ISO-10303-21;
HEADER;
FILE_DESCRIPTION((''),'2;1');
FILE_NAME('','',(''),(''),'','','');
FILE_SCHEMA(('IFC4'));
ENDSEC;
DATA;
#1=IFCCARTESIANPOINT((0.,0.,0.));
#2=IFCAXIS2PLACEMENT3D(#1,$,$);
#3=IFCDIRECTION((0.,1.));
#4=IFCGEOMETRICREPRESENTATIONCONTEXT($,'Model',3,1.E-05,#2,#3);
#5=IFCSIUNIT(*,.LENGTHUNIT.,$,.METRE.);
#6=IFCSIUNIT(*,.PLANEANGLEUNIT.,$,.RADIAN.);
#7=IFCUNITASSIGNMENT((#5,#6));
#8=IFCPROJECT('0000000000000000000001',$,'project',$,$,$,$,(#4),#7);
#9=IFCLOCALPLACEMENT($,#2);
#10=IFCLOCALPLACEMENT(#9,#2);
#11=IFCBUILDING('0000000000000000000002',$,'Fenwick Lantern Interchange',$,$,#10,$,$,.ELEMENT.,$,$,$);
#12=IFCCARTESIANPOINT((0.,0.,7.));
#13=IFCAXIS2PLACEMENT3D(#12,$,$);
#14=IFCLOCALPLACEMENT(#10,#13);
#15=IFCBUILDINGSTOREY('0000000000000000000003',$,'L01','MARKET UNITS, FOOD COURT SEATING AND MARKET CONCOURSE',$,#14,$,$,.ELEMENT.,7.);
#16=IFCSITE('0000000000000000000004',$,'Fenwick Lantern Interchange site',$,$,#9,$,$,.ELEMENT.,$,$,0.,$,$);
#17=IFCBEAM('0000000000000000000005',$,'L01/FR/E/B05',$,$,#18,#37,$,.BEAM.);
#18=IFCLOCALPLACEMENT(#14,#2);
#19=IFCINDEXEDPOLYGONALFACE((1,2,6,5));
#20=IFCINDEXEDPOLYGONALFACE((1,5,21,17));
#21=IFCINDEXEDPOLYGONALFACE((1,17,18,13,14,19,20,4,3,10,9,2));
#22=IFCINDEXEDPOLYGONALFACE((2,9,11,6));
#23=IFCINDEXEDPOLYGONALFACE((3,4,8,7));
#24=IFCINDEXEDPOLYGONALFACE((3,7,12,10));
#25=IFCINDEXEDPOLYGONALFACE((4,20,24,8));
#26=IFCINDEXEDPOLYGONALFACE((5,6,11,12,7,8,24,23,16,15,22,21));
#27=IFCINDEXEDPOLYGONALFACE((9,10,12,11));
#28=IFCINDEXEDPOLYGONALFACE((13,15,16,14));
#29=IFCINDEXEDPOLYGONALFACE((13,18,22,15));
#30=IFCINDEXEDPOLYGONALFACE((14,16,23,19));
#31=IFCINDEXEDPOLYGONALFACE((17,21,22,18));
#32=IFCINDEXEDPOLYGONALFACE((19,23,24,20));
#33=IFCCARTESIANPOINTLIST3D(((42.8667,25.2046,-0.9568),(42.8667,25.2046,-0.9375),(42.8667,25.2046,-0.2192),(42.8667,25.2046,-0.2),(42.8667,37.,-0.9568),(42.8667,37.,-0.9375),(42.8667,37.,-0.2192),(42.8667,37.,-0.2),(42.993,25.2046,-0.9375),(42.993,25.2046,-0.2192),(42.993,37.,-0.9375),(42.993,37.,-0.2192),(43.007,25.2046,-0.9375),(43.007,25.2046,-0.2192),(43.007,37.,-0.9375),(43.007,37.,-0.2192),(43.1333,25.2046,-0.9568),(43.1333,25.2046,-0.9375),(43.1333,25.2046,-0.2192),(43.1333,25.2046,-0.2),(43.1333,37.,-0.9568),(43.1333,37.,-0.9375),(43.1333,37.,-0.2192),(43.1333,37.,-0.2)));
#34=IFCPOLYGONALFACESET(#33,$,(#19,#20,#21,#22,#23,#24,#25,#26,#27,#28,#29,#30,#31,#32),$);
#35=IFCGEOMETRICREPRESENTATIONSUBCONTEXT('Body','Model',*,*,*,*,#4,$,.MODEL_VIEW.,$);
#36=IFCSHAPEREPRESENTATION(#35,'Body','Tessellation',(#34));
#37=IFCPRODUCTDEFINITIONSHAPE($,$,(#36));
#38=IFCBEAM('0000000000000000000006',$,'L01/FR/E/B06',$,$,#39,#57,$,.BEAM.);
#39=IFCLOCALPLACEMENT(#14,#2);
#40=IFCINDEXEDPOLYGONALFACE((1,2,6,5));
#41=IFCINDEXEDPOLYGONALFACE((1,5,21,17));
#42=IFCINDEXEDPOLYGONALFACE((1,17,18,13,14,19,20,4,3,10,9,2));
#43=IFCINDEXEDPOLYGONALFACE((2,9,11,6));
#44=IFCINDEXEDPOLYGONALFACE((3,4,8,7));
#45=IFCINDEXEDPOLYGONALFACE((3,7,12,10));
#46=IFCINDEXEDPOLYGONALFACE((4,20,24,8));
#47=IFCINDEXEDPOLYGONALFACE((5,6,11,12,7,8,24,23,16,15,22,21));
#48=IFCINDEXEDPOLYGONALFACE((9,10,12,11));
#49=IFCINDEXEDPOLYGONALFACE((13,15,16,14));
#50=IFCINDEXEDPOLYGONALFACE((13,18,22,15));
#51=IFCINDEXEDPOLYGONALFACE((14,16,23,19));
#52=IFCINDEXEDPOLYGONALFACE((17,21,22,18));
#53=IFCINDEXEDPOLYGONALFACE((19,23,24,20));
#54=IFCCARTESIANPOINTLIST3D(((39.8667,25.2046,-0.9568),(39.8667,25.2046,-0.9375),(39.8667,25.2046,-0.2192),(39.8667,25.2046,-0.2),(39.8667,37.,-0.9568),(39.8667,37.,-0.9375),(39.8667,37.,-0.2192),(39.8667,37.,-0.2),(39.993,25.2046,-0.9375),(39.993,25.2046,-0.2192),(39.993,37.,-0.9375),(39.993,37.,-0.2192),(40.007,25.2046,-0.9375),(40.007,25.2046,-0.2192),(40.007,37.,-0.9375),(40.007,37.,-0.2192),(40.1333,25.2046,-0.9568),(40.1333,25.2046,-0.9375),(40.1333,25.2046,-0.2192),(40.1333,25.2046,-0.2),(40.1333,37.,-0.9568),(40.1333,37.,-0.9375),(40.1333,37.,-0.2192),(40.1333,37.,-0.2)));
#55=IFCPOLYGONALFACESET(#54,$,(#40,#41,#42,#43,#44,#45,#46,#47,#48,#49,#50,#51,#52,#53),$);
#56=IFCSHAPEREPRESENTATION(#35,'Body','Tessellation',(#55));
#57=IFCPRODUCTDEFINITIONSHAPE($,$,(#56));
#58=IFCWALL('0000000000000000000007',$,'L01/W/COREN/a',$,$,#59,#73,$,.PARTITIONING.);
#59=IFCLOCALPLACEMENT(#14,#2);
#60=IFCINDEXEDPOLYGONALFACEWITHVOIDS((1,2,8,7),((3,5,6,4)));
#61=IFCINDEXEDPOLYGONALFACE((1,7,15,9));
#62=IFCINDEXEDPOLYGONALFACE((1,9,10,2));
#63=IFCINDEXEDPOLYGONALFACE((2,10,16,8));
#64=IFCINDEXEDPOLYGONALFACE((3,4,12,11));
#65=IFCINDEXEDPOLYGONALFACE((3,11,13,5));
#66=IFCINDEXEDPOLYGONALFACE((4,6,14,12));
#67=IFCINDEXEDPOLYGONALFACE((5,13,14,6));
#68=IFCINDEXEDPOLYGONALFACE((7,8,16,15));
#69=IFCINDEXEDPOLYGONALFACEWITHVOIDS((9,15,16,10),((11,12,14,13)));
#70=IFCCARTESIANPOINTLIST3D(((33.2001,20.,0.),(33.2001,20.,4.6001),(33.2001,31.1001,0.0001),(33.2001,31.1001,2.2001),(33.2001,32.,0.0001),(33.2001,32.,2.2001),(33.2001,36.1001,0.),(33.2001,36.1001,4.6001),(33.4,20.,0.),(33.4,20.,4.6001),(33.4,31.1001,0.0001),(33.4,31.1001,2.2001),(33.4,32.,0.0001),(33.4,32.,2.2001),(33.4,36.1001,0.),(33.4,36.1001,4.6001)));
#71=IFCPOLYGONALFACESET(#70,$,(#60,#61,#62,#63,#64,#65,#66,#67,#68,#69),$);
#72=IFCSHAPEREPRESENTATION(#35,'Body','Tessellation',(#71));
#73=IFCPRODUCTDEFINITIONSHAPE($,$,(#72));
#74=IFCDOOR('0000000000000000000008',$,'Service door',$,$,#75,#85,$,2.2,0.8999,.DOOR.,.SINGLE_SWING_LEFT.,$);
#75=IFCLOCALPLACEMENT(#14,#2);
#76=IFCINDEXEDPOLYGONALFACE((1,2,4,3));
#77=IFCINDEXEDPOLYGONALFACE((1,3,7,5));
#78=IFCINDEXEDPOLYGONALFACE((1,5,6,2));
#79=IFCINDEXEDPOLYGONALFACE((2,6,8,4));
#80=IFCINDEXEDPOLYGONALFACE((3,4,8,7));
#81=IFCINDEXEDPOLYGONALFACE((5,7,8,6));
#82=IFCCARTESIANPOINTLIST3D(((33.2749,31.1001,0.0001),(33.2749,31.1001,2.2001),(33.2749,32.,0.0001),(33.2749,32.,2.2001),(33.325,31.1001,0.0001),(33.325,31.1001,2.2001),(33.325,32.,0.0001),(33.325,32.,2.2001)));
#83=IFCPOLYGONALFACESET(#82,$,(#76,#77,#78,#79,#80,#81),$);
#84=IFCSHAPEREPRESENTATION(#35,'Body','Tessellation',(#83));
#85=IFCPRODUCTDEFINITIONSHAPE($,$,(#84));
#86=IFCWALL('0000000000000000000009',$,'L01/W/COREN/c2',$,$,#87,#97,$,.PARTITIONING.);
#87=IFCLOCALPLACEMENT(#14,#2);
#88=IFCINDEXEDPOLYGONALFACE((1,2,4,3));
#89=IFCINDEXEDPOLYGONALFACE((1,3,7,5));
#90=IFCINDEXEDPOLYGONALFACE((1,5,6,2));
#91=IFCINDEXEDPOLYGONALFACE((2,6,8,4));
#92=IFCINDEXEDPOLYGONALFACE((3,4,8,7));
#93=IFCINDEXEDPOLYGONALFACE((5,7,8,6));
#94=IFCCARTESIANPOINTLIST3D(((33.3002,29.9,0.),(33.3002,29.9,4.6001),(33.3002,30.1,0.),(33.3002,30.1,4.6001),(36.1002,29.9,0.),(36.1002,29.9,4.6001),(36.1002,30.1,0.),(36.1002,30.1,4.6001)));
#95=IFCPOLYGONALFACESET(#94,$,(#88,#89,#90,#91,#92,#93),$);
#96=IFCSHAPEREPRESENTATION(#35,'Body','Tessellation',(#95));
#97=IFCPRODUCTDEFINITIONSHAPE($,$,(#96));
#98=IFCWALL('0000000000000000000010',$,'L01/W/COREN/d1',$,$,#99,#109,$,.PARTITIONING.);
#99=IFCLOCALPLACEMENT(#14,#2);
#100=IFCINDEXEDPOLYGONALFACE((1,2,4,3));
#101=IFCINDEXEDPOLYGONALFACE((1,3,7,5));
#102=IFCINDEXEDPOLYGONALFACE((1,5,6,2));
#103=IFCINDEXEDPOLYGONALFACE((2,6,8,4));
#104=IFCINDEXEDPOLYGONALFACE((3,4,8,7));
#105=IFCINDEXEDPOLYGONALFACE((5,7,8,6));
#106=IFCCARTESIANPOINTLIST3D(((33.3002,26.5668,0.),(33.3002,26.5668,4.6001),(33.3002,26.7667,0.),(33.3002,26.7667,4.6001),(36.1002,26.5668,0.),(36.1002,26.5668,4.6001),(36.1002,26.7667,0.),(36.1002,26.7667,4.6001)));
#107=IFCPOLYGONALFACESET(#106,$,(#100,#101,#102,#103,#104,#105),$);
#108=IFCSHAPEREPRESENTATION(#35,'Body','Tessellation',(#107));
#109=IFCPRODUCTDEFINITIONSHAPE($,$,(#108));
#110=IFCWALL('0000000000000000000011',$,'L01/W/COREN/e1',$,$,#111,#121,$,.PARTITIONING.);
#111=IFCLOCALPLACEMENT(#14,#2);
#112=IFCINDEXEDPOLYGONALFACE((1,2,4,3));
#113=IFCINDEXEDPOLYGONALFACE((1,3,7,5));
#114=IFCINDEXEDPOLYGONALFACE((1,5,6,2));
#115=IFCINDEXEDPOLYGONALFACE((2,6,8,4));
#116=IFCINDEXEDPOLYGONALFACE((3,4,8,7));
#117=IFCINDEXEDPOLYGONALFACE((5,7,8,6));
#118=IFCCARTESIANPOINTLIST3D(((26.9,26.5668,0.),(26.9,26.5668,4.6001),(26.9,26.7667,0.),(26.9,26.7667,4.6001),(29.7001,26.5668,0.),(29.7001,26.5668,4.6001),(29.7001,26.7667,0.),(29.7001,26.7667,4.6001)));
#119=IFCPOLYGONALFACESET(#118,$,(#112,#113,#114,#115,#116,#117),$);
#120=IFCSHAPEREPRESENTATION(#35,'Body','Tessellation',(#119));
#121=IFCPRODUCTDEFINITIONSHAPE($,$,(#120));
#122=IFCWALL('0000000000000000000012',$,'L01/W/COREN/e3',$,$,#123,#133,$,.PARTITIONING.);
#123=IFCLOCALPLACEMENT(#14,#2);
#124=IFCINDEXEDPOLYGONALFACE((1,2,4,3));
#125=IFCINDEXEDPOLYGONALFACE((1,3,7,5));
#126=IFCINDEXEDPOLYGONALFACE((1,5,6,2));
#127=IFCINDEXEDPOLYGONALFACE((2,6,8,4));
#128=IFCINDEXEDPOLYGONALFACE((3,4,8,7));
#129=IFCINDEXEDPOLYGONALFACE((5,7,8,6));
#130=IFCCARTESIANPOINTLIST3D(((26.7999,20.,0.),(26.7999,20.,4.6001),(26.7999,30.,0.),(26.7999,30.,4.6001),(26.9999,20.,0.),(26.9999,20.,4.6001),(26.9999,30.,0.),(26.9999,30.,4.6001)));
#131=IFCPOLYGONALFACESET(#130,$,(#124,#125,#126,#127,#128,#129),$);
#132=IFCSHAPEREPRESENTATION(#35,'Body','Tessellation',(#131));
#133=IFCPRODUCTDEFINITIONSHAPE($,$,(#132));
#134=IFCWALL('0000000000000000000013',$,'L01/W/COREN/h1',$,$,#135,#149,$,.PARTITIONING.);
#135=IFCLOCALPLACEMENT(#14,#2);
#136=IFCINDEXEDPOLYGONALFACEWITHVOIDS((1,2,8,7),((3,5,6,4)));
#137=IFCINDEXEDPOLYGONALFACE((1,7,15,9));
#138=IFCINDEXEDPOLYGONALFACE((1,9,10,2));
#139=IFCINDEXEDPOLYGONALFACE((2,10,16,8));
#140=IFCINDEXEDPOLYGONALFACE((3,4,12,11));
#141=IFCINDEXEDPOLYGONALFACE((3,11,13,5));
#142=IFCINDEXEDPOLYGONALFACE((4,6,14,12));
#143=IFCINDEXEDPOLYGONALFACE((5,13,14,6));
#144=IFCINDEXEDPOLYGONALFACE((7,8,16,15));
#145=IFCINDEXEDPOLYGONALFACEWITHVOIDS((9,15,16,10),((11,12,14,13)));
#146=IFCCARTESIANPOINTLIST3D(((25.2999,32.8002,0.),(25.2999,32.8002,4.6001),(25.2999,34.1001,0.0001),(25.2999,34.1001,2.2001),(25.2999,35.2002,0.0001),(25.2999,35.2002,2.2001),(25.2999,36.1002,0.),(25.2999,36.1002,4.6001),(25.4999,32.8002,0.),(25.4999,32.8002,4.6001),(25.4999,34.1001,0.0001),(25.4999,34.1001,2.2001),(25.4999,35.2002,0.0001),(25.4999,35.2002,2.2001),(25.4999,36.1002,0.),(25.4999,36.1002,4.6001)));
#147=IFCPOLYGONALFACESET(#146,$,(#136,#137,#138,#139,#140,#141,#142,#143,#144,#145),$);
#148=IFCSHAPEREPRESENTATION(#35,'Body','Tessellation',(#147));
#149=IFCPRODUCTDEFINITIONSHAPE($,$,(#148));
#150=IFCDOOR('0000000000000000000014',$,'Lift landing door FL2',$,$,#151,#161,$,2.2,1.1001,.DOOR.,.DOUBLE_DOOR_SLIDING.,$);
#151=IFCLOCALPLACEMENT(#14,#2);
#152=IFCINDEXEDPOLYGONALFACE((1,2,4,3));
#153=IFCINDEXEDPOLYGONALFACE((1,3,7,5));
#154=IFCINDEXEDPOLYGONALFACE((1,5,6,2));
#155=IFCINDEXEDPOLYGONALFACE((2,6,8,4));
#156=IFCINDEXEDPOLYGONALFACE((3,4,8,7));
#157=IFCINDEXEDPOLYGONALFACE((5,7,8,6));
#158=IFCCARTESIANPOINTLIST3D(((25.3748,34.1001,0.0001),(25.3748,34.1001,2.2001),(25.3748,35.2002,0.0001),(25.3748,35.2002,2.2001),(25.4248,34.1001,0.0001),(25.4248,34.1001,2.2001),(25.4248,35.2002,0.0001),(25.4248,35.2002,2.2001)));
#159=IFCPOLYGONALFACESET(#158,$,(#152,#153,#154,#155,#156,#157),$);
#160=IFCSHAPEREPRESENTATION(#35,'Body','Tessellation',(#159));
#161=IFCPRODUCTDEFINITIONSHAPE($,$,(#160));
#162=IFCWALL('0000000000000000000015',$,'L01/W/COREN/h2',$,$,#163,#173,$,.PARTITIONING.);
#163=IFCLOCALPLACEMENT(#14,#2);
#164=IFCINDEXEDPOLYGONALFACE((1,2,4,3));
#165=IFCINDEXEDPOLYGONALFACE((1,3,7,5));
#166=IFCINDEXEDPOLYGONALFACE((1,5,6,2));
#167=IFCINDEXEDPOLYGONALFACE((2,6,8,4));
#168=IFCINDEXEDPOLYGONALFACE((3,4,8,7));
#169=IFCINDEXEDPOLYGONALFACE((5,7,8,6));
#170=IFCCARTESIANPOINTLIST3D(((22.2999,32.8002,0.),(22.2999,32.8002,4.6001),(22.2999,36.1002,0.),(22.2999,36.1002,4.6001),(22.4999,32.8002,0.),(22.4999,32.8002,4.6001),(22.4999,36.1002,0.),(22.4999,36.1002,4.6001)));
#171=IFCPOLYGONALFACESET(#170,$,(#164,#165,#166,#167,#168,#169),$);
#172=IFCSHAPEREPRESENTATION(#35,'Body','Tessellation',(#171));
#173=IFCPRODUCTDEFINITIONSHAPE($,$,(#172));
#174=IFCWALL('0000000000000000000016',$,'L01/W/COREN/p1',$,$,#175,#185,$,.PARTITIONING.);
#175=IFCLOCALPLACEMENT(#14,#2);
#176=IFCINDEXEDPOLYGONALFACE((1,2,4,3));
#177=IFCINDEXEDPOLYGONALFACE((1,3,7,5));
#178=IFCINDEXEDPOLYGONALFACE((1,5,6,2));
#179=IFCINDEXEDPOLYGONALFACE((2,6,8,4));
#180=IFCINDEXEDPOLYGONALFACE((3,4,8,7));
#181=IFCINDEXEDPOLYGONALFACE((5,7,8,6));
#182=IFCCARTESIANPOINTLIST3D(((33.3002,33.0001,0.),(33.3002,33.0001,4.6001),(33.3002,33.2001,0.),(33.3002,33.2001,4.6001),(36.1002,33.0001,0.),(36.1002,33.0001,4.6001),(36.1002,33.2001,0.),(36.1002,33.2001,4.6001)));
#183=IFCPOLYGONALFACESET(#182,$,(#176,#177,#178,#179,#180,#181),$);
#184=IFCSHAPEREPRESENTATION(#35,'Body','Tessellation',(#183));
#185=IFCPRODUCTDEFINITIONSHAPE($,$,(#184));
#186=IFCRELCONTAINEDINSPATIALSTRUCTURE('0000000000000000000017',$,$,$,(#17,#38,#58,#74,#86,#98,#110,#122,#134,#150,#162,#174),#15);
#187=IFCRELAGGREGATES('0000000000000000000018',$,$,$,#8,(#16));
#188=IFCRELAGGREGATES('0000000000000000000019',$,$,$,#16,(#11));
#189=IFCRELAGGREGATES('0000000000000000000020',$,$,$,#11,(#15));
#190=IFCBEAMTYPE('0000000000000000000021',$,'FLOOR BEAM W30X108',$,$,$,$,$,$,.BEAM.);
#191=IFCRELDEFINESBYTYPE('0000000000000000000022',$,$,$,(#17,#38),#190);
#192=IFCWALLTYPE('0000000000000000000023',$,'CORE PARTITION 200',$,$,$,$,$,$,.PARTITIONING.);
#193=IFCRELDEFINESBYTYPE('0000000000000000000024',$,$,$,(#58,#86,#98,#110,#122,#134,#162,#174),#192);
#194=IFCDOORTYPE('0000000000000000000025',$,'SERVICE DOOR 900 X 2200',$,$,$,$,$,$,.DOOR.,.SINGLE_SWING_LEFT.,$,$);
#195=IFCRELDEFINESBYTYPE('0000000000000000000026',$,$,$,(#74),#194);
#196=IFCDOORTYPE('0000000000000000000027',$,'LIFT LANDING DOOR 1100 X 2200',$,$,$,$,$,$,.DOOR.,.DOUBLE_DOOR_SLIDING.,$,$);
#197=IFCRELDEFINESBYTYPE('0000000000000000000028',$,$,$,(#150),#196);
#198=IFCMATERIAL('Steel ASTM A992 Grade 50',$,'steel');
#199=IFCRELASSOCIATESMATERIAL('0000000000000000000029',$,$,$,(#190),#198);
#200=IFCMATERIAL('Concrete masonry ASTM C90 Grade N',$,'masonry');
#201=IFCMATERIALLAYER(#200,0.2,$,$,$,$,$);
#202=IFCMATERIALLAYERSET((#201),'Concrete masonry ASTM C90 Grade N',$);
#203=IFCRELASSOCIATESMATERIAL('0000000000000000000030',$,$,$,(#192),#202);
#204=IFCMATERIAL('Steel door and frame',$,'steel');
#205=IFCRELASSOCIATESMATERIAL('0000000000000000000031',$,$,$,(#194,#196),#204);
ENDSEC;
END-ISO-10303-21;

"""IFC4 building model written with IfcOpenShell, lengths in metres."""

from ifc_helpers import new_model, si_unit, direction, frame, frame_2d, origin, origin_2d, place, context, subcontext, project, spatial, rectangle, i_section, extrude, material, layer, layer_set, material_profile, profile_set, type_object, element, fill, save


model = new_model("IFC4")

# Units and contexts
model_context = context("Model", 3, precision=1e-05, world=origin(), true_north=direction((0.0, 1.0)))
body_context = subcontext(model_context, "Body", "Model", "MODEL_VIEW")
ifc_project = project(units=[si_unit("LENGTHUNIT", "METRE"), si_unit("PLANEANGLEUNIT", "RADIAN")], contexts=[model_context])

# Site, building, storey
site_placement = place(None, origin())
site = spatial("IfcSite", under=ifc_project, at=site_placement, Name="Fenwick Lantern Interchange site", CompositionType="ELEMENT", RefElevation=0.0)
building_placement = place(site_placement, origin())
building = spatial("IfcBuilding", under=site, at=building_placement, Name="Fenwick Lantern Interchange", CompositionType="ELEMENT")
storey_placement = place(building_placement, frame((0.0, 0.0, 7.0)))
storey = spatial("IfcBuildingStorey", under=building, at=storey_placement, Name="L01", Description="MARKET UNITS, FOOD COURT SEATING AND MARKET CONCOURSE", CompositionType="ELEMENT", Elevation=7.0)

# Beams
ifc_material_1 = material(Name="Steel ASTM A992 Grade 50", Category="steel")
ifc_material_profile = material_profile(ifc_material_1, i_section(OverallWidth=0.2666, OverallDepth=0.7568, WebThickness=0.0139, FlangeThickness=0.0193, at=origin_2d()), Name="W30X108")
ifc_profile_set = profile_set([ifc_material_profile], Name="Steel ASTM A992 Grade 50")
beam_type = type_object("IfcBeamType", Name="FLOOR BEAM W30X108", PredefinedType="BEAM", material=ifc_profile_set)
for number, where, z_axis, x_axis, name in (
    (1, (43.0, 25.2046, -0.5784), (0.0, 1.0, 0.0), (-1.0, 0.0, 0.0), "L01/FR/E/B05"),
    (2, (40.0, 25.2046, -0.5784), (0.0, 1.0, 0.0), (-1.0, 0.0, 0.0), "L01/FR/E/B06"),
):
    element("IfcBeam", number, at=place(storey_placement, frame(where, z_axis=z_axis, x_axis=x_axis)), inside=storey, type_object=beam_type, Name=name, PredefinedType="BEAM", context=body_context, shape_type="SweptSolid", body=[
        extrude(i_section(OverallWidth=0.2666, OverallDepth=0.7568, WebThickness=0.0139, FlangeThickness=0.0193, at=origin_2d()), origin(), (0.0, 0.0, 1.0), 11.7954),
    ])

# Wall, opening, door
ifc_material_2 = material(Name="Concrete masonry ASTM C90 Grade N", Category="masonry")
ifc_layer_1 = layer(ifc_material_2, 0.2)
ifc_layer_set_1 = layer_set([ifc_layer_1], Name="Concrete masonry ASTM C90 Grade N")
wall_type_1 = type_object("IfcWallType", Name="CORE PARTITION 200", PredefinedType="PARTITIONING", material=ifc_layer_set_1)
wall_1_placement = place(storey_placement, frame((33.3, 36.1001, 0.0), z_axis=(0.0, 0.0, 1.0), x_axis=(0.0, -1.0, 0.0)))
wall_1 = element("IfcWall", 3, at=wall_1_placement, inside=storey, type_object=wall_type_1, Name="L01/W/COREN/a", PredefinedType="PARTITIONING", context=body_context, shape_type="SweptSolid", body=[
    extrude(rectangle(XDim=16.1001, YDim=0.2, at=frame_2d((8.05, 0.0))), origin(), (0.0, 0.0, 1.0), 4.6001),
])
opening_1_placement = place(wall_1_placement, frame((4.1001, 0.0, 0.0)))
opening_1 = element("IfcOpeningElement", 4, at=opening_1_placement, cuts=wall_1, PredefinedType="OPENING", context=body_context, shape_type="SweptSolid", body=[
    extrude(rectangle(XDim=0.8999, YDim=2.2, at=frame_2d((0.45, 1.1001))), frame((0.0, 0.1099, 0.0), z_axis=(0.0, -1.0, 0.0), x_axis=(1.0, 0.0, 0.0)), (0.0, 0.0, 1.0), 0.22),
])
ifc_material_3 = material(Name="Steel door and frame", Category="steel")
door_type_1 = type_object("IfcDoorType", Name="SERVICE DOOR 900 X 2200", OperationType="SINGLE_SWING_LEFT", PredefinedType="DOOR", material=ifc_material_3)
door_1_placement = place(opening_1_placement, origin())
door_1 = element("IfcDoor", 5, at=door_1_placement, inside=storey, type_object=door_type_1, Name="Service door", OperationType="SINGLE_SWING_LEFT", OverallHeight=2.2, OverallWidth=0.8999, PredefinedType="DOOR", context=body_context, shape_type="SweptSolid", body=[
    extrude(rectangle(XDim=0.8999, YDim=2.2, at=frame_2d((0.45, 1.1001))), frame((0.0, 0.0249, 0.0), z_axis=(0.0, -1.0, 0.0), x_axis=(1.0, 0.0, 0.0)), (0.0, 0.0, 1.0), 0.05),
])
fill(opening_1, door_1)

# Walls
for number, where, z_axis, x_axis, name in (
    (6, (36.1001, 30.0, 0.0), (0.0, 0.0, 1.0), (-1.0, 0.0, 0.0), "L01/W/COREN/c2"),
    (7, (36.1001, 26.6667, 0.0), (0.0, 0.0, 1.0), (-1.0, 0.0, 0.0), "L01/W/COREN/d1"),
    (8, (29.7, 26.6667, 0.0), (0.0, 0.0, 1.0), (-1.0, 0.0, 0.0), "L01/W/COREN/e1"),
):
    element("IfcWall", number, at=place(storey_placement, frame(where, z_axis=z_axis, x_axis=x_axis)), inside=storey, type_object=wall_type_1, Name=name, PredefinedType="PARTITIONING", context=body_context, shape_type="SweptSolid", body=[
        extrude(rectangle(XDim=2.8, YDim=0.2, at=frame_2d((1.3999, 0.0))), origin(), (0.0, 0.0, 1.0), 4.6001),
    ])
wall_2_placement = place(storey_placement, frame((26.8999, 30.0, 0.0), z_axis=(0.0, 0.0, 1.0), x_axis=(0.0, -1.0, 0.0)))
element("IfcWall", 9, at=wall_2_placement, inside=storey, type_object=wall_type_1, Name="L01/W/COREN/e3", PredefinedType="PARTITIONING", context=body_context, shape_type="SweptSolid", body=[
    extrude(rectangle(XDim=10.0, YDim=0.2, at=frame_2d((5.0, 0.0))), origin(), (0.0, 0.0, 1.0), 4.6001),
])

# Wall, opening, door
wall_3_placement = place(storey_placement, frame((25.3999, 36.1001, 0.0), z_axis=(0.0, 0.0, 1.0), x_axis=(0.0, -1.0, 0.0)))
wall_3 = element("IfcWall", 10, at=wall_3_placement, inside=storey, type_object=wall_type_1, Name="L01/W/COREN/h1", PredefinedType="PARTITIONING", context=body_context, shape_type="SweptSolid", body=[
    extrude(rectangle(XDim=3.3, YDim=0.2, at=frame_2d((1.6499, 0.0))), origin(), (0.0, 0.0, 1.0), 4.6001),
])
opening_2_placement = place(wall_3_placement, frame((0.8999, 0.0, 0.0)))
opening_2 = element("IfcOpeningElement", 11, at=opening_2_placement, cuts=wall_3, PredefinedType="OPENING", context=body_context, shape_type="SweptSolid", body=[
    extrude(rectangle(XDim=1.1001, YDim=2.2, at=frame_2d((0.55, 1.1001))), frame((0.0, 0.1099, 0.0), z_axis=(0.0, -1.0, 0.0), x_axis=(1.0, 0.0, 0.0)), (0.0, 0.0, 1.0), 0.22),
])
door_type_2 = type_object("IfcDoorType", Name="LIFT LANDING DOOR 1100 X 2200", OperationType="DOUBLE_DOOR_SLIDING", PredefinedType="DOOR", material=ifc_material_3)
door_2_placement = place(opening_2_placement, origin())
door_2 = element("IfcDoor", 12, at=door_2_placement, inside=storey, type_object=door_type_2, Name="Lift landing door FL2", OperationType="DOUBLE_DOOR_SLIDING", OverallHeight=2.2, OverallWidth=1.1001, PredefinedType="DOOR", context=body_context, shape_type="SweptSolid", body=[
    extrude(rectangle(XDim=1.1001, YDim=2.2, at=frame_2d((0.55, 1.1001))), frame((0.0, 0.0249, 0.0), z_axis=(0.0, -1.0, 0.0), x_axis=(1.0, 0.0, 0.0)), (0.0, 0.0, 1.0), 0.05),
])
fill(opening_2, door_2)

# Walls
wall_4_placement = place(storey_placement, frame((22.3999, 36.1001, 0.0), z_axis=(0.0, 0.0, 1.0), x_axis=(0.0, -1.0, 0.0)))
element("IfcWall", 13, at=wall_4_placement, inside=storey, type_object=wall_type_1, Name="L01/W/COREN/h2", PredefinedType="PARTITIONING", context=body_context, shape_type="SweptSolid", body=[
    extrude(rectangle(XDim=3.3, YDim=0.2, at=frame_2d((1.6499, 0.0))), origin(), (0.0, 0.0, 1.0), 4.6001),
])
wall_5_placement = place(storey_placement, frame((36.1001, 33.1001, 0.0), z_axis=(0.0, 0.0, 1.0), x_axis=(-1.0, 0.0, 0.0)))
element("IfcWall", 14, at=wall_5_placement, inside=storey, type_object=wall_type_1, Name="L01/W/COREN/p1", PredefinedType="PARTITIONING", context=body_context, shape_type="SweptSolid", body=[
    extrude(rectangle(XDim=2.8, YDim=0.2, at=frame_2d((1.3999, 0.0))), origin(), (0.0, 0.0, 1.0), 4.6001),
])

save(model, "model.ifc")
